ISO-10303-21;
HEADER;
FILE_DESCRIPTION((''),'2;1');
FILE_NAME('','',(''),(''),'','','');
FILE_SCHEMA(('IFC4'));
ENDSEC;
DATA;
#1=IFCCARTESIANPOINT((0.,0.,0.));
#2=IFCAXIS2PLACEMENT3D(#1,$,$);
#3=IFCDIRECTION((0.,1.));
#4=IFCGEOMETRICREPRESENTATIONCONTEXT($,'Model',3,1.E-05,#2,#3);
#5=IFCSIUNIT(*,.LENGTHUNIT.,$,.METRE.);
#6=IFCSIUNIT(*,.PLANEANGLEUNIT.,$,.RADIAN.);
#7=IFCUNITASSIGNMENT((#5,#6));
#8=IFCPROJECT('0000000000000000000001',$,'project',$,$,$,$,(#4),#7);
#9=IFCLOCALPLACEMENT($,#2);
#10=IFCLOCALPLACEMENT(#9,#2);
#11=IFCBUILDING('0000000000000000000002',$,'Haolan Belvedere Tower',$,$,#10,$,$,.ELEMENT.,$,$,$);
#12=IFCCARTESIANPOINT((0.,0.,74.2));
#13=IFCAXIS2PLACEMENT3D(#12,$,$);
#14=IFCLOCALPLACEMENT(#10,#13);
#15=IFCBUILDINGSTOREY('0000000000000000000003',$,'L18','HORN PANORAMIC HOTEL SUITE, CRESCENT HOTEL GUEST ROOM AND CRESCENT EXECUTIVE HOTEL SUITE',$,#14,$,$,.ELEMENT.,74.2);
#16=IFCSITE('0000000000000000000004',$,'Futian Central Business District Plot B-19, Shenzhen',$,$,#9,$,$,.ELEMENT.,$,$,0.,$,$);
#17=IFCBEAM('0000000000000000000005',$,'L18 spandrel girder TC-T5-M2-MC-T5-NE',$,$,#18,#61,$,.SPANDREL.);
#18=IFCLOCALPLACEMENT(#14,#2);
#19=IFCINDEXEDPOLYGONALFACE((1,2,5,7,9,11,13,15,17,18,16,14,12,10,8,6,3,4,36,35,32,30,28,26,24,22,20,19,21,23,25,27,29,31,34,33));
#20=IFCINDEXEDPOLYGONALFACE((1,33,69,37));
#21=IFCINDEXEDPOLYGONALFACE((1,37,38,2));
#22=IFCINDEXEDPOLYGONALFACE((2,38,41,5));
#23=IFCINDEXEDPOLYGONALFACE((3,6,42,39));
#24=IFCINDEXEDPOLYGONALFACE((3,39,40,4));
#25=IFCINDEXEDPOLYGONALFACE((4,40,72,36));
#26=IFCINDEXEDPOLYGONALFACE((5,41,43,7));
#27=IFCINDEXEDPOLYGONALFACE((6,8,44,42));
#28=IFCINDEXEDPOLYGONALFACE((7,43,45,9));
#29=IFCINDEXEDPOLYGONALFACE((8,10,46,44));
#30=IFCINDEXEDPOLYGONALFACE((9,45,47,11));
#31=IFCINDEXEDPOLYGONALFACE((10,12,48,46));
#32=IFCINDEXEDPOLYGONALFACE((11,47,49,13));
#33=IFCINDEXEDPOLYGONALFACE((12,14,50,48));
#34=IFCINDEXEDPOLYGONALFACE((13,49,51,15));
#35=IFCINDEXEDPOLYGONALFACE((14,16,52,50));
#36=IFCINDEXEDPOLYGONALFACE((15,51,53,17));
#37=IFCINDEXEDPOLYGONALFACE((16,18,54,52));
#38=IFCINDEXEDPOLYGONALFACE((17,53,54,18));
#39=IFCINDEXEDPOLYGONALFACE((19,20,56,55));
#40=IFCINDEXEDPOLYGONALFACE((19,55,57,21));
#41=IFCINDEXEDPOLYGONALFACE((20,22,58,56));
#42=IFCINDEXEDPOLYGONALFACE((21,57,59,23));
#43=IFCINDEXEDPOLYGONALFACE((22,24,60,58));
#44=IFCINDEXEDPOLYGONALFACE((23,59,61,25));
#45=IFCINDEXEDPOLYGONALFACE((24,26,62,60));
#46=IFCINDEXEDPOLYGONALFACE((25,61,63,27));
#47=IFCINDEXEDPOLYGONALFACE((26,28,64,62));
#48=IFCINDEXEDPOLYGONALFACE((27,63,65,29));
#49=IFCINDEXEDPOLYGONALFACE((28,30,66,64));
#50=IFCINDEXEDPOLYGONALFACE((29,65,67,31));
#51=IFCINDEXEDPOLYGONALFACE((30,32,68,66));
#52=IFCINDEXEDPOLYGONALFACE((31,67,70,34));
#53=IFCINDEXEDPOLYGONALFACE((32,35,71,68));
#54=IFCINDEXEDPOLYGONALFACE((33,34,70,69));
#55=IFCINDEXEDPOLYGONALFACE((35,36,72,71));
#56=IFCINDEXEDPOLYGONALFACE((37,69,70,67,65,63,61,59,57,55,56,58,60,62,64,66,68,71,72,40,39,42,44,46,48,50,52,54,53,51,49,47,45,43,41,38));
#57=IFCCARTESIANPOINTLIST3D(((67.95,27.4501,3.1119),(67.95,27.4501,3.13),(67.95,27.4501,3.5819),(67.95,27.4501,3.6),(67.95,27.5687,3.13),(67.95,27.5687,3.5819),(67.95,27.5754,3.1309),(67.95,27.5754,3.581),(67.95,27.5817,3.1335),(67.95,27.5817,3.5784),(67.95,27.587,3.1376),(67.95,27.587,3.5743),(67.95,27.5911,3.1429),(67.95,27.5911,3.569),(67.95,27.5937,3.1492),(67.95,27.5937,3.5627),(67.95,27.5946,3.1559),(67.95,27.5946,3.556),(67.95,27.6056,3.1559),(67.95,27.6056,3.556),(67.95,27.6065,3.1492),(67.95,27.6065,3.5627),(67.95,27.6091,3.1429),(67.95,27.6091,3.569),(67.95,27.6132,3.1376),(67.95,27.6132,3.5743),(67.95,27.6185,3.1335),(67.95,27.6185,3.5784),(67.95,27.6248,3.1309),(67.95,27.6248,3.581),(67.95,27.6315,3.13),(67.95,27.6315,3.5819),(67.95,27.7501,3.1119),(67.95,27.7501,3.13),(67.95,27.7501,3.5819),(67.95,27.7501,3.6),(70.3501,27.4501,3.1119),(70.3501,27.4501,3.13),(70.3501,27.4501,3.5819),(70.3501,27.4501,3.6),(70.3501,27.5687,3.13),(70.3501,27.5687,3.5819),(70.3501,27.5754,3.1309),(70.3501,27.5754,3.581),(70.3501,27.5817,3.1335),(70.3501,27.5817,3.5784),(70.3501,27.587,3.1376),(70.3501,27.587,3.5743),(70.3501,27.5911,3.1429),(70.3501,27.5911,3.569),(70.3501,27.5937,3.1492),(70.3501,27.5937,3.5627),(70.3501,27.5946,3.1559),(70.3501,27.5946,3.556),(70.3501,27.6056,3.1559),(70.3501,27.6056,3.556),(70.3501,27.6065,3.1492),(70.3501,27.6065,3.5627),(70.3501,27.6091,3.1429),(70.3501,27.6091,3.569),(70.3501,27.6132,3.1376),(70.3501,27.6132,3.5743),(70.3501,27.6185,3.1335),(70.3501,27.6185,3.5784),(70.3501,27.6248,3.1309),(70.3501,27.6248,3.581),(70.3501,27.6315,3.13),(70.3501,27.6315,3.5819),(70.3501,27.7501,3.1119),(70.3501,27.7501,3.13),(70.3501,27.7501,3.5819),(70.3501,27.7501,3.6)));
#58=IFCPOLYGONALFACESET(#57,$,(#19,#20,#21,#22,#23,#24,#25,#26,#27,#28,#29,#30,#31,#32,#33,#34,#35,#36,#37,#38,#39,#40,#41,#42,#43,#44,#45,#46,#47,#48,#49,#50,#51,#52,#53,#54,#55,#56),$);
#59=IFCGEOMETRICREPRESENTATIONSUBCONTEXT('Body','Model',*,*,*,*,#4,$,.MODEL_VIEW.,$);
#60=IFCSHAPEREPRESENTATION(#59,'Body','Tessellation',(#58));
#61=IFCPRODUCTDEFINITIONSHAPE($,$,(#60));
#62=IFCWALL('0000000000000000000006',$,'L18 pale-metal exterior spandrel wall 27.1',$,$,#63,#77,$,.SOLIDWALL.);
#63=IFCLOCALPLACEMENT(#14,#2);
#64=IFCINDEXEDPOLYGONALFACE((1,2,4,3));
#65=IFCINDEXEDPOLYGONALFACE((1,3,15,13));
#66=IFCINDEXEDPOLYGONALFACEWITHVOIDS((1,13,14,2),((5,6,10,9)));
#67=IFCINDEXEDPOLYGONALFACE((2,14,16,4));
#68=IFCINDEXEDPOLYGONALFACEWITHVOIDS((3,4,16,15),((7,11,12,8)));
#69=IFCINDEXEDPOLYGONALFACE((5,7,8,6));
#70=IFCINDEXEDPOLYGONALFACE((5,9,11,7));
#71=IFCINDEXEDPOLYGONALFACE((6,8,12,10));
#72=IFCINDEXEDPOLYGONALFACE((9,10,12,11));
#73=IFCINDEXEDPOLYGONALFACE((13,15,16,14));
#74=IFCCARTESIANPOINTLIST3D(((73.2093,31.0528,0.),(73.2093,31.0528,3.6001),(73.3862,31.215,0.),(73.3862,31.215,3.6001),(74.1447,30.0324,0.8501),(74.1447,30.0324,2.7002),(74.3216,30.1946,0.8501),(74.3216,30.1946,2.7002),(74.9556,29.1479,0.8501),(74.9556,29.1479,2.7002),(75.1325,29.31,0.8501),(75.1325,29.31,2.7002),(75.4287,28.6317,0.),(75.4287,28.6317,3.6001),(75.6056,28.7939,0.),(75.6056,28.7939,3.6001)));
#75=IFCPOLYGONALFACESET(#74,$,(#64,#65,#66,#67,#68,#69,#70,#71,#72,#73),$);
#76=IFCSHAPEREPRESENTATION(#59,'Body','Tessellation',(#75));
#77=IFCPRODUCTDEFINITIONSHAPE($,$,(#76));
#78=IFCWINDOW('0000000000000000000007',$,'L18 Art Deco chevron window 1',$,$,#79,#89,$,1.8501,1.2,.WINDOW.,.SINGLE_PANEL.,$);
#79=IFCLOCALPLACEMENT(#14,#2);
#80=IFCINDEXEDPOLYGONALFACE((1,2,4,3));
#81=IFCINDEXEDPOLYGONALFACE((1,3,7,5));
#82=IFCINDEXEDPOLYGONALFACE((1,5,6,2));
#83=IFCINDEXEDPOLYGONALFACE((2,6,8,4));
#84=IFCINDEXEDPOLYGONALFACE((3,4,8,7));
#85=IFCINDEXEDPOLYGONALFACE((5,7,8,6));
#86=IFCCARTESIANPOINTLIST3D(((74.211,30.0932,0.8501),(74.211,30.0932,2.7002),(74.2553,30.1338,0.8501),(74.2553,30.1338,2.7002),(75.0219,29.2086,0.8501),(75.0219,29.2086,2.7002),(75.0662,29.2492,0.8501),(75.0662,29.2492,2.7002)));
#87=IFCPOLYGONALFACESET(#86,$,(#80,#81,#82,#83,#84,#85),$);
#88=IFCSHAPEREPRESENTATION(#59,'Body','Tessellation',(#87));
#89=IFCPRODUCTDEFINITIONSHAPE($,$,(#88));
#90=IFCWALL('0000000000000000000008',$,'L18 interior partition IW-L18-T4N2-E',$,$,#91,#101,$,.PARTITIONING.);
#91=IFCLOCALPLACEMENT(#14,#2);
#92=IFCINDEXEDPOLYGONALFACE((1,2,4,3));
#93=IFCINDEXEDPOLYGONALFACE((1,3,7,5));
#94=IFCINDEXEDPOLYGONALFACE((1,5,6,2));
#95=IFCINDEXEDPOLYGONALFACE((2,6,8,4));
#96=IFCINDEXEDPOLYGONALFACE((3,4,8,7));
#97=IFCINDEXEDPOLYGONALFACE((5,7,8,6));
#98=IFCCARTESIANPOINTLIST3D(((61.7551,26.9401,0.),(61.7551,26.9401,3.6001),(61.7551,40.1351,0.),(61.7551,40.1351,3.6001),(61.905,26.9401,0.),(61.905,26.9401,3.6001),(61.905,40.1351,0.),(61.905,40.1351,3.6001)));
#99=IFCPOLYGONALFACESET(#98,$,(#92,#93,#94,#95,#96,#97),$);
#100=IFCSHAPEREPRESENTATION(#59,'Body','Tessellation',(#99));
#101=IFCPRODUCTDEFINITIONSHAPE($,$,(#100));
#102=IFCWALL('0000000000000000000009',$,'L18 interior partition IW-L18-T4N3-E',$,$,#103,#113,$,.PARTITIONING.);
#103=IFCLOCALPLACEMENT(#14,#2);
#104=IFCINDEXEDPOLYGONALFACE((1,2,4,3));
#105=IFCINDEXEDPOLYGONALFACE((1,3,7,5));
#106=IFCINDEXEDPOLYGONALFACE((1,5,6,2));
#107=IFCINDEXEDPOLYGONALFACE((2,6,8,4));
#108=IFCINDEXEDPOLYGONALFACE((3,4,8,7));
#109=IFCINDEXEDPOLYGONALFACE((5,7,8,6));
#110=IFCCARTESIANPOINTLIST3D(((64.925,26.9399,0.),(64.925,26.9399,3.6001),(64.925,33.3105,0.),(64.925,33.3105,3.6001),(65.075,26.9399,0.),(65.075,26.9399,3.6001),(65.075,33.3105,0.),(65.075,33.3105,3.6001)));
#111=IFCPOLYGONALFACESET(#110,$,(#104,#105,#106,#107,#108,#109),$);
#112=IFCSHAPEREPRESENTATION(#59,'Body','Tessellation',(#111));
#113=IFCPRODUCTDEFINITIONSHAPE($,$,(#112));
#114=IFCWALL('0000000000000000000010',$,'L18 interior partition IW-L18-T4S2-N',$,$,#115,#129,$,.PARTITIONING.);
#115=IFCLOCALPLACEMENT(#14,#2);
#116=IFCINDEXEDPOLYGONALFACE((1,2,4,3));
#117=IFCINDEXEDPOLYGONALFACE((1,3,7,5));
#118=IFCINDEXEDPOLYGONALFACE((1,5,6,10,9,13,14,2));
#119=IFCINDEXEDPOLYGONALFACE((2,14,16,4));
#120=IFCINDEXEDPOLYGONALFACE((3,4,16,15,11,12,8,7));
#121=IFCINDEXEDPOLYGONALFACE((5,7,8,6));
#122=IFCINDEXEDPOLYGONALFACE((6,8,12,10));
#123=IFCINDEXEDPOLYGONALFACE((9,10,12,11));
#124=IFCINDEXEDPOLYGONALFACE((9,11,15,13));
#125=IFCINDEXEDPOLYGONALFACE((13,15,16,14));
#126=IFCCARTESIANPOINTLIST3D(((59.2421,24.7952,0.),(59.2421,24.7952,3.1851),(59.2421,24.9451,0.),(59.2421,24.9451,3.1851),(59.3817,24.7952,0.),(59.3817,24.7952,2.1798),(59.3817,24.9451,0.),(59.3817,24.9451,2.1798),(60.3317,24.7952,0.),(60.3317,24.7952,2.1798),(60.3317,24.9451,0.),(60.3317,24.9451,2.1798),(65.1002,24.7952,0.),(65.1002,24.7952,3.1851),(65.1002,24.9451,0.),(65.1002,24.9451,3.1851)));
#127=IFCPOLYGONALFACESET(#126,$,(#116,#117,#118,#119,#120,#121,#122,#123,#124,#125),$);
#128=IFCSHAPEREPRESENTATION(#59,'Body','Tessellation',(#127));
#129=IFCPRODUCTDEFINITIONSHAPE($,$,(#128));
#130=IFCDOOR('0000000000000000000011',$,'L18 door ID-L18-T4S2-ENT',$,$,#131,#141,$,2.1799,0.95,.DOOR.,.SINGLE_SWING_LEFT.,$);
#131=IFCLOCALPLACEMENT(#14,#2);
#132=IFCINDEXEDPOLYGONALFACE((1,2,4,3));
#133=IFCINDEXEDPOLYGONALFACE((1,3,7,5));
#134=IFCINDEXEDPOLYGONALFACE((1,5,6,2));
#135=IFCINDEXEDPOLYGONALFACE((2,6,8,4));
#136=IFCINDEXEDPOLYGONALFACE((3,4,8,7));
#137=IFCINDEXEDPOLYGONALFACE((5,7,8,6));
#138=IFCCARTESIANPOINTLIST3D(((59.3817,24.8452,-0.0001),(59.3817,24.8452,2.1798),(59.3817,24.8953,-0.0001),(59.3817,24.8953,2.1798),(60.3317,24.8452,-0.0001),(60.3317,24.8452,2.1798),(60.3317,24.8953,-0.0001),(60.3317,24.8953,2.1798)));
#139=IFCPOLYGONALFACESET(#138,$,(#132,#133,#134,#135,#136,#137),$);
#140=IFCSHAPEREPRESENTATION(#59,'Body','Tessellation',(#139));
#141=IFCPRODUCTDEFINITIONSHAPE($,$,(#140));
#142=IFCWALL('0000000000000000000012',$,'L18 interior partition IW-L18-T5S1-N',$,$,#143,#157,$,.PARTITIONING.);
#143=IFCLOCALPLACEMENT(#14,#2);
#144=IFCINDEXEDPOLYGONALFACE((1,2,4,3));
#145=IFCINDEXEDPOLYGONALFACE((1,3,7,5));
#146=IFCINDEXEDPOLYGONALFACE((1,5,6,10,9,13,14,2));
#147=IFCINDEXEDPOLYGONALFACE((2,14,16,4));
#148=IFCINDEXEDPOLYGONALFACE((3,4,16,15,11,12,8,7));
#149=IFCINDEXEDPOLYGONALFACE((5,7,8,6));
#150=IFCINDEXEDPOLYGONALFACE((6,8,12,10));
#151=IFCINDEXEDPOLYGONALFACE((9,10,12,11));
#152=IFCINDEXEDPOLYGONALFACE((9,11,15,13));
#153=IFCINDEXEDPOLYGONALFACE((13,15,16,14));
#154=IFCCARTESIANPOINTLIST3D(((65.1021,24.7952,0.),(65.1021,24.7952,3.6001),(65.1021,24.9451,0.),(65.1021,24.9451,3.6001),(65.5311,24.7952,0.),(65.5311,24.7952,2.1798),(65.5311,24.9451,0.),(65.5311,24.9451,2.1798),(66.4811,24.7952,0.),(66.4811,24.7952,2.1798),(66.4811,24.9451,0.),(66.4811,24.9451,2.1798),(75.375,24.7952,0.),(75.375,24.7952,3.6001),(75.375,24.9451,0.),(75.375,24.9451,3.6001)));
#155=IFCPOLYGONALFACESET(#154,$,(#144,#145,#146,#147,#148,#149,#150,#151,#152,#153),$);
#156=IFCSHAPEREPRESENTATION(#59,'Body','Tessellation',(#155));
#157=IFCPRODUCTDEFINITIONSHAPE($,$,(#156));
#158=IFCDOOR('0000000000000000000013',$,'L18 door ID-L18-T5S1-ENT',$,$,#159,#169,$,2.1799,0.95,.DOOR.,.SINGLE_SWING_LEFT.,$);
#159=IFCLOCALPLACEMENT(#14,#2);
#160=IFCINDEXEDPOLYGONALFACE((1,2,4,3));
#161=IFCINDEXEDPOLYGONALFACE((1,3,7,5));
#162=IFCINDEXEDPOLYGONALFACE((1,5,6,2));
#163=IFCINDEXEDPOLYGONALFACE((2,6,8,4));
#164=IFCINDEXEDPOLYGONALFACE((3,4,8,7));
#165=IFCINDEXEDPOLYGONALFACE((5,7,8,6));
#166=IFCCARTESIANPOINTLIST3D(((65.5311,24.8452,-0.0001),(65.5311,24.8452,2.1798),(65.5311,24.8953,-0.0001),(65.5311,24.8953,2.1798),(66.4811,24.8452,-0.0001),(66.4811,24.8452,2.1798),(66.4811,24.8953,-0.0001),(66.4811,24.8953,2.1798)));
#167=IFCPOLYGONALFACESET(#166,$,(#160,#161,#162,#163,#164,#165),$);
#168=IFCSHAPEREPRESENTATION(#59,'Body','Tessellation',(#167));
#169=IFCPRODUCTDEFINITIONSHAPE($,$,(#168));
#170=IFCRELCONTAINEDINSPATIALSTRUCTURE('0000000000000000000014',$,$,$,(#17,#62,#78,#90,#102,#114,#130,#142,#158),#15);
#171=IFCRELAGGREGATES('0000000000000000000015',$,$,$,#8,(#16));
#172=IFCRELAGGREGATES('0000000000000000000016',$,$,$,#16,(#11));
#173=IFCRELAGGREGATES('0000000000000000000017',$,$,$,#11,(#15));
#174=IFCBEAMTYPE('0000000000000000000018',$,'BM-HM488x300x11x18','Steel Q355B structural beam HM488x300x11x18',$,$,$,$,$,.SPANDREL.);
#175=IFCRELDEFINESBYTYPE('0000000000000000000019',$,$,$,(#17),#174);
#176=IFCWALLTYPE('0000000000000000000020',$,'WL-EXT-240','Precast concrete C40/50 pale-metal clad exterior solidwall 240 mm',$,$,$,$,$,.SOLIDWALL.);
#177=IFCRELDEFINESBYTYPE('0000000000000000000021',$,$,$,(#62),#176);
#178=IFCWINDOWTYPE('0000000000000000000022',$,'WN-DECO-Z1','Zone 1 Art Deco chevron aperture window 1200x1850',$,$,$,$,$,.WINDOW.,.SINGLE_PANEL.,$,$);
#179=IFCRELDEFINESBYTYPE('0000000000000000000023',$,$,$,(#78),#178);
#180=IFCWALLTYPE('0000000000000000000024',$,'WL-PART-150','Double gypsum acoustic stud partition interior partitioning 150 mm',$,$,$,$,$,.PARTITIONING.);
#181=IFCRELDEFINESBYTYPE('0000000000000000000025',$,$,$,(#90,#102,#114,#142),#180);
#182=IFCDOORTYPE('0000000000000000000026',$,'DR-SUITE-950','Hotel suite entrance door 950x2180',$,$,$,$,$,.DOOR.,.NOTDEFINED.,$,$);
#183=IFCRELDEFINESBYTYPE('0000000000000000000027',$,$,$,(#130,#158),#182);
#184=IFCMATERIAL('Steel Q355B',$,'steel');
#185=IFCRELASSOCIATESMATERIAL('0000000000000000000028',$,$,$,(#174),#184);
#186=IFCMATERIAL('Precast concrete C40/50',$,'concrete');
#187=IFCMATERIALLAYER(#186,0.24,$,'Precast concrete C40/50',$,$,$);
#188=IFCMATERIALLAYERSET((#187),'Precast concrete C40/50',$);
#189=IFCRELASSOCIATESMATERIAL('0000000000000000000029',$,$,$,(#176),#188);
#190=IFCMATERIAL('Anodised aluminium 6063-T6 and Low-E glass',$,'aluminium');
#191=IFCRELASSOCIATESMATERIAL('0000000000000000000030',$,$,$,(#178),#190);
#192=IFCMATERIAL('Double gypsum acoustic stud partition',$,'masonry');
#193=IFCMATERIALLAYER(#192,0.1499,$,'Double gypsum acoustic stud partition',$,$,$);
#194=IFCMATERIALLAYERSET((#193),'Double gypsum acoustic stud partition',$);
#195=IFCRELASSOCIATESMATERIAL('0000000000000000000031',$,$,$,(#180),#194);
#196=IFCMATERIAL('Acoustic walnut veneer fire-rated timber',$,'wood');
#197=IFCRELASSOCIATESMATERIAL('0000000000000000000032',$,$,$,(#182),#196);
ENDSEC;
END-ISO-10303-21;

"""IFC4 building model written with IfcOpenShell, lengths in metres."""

from ifc_helpers import new_model, si_unit, direction, frame, frame_2d, origin, origin_2d, place, context, subcontext, project, spatial, rectangle, i_section, extrude, material, layer, layer_set, material_profile, profile_set, type_object, element, fill, save


model = new_model("IFC4")

# Units and contexts
model_context = context("Model", 3, precision=1e-05, world=origin(), true_north=direction((0.0, 1.0)))
body_context = subcontext(model_context, "Body", "Model", "MODEL_VIEW")
ifc_project = project(units=[si_unit("LENGTHUNIT", "METRE"), si_unit("PLANEANGLEUNIT", "RADIAN")], contexts=[model_context])

# Site, building, storey
site_placement = place(None, origin())
site = spatial("IfcSite", under=ifc_project, at=site_placement, Name="Futian Central Business District Plot B-19, Shenzhen", CompositionType="ELEMENT", RefElevation=0.0)
building_placement = place(site_placement, origin())
building = spatial("IfcBuilding", under=site, at=building_placement, Name="Haolan Belvedere Tower", CompositionType="ELEMENT")
storey_placement = place(building_placement, frame((0.0, 0.0, 74.2)))
storey = spatial("IfcBuildingStorey", under=building, at=storey_placement, Name="L18", Description="HORN PANORAMIC HOTEL SUITE, CRESCENT HOTEL GUEST ROOM AND CRESCENT EXECUTIVE HOTEL SUITE", CompositionType="ELEMENT", Elevation=74.2)

# Shared definitions
ifc_material_1 = material(Name="Steel Q355B", Category="steel")

# Beam
ifc_material_profile_1 = material_profile(ifc_material_1, i_section(OverallWidth=0.3, OverallDepth=0.488, WebThickness=0.011, FlangeThickness=0.0181, FilletRadius=0.0259, at=origin_2d()), Name="Steel Q355B")
ifc_profile_set_1 = profile_set([ifc_material_profile_1], Name="Steel Q355B")
beam_type = type_object("IfcBeamType", Name="BM-HM488x300x11x18", Description="Steel Q355B structural beam HM488x300x11x18", PredefinedType="SPANDREL", material=ifc_profile_set_1)
for number, where, z_axis, x_axis, name in (
    (1, (67.95, 27.6001, 3.356), (1.0, 0.0, 0.0), (0.0, 1.0, 0.0), "L18 spandrel girder TC-T5-M2-MC-T5-NE"),
):
    element("IfcBeam", number, at=place(storey_placement, frame(where, z_axis=z_axis, x_axis=x_axis)), inside=storey, type_object=beam_type, Name=name, PredefinedType="SPANDREL", context=body_context, shape_type="SweptSolid", body=[
        extrude(i_section(OverallWidth=0.3, OverallDepth=0.488, WebThickness=0.011, FlangeThickness=0.0181, FilletRadius=0.0259, at=origin_2d()), origin(), (0.0, 0.0, 1.0), 2.4001),
    ])

# Wall, opening, window
ifc_material_2 = material(Name="Precast concrete C40/50", Category="concrete")
ifc_layer_1 = layer(ifc_material_2, 0.24, Name="Precast concrete C40/50")
ifc_layer_set_1 = layer_set([ifc_layer_1], Name="Precast concrete C40/50")
wall_type_1 = type_object("IfcWallType", Name="WL-EXT-240", Description="Precast concrete C40/50 pale-metal clad exterior solidwall 240 mm", PredefinedType="SOLIDWALL", material=ifc_layer_set_1)
wall_1_placement = place(storey_placement, frame((75.5171, 28.7129, 0.0), z_axis=(0.0, 0.0, 1.0), x_axis=(-0.675741, 0.737139, 0.0)))
wall_1 = element("IfcWall", 2, at=wall_1_placement, inside=storey, type_object=wall_type_1, Name="L18 pale-metal exterior spandrel wall 27.1", PredefinedType="SOLIDWALL", context=body_context, shape_type="SweptSolid", body=[
    extrude(rectangle(XDim=3.2844, YDim=0.24, at=frame_2d((1.6421, 0.0))), origin(), (0.0, 0.0, 1.0), 3.6001),
])
opening_1_placement = place(wall_1_placement, frame((0.7, 0.0, 0.8501)))
opening_1 = element("IfcOpeningElement", 3, at=opening_1_placement, cuts=wall_1, PredefinedType="OPENING", context=body_context, shape_type="SweptSolid", body=[
    extrude(rectangle(XDim=1.2, YDim=1.8501, at=frame_2d((0.6001, 0.925))), frame((0.0, 0.1299, 0.0), z_axis=(0.0, -1.0, 0.0), x_axis=(1.0, 0.0, 0.0)), (0.0, 0.0, 1.0), 0.26),
])
ifc_material_3 = material(Name="Anodised aluminium 6063-T6 and Low-E glass", Category="aluminium")
window_type = type_object("IfcWindowType", Name="WN-DECO-Z1", Description="Zone 1 Art Deco chevron aperture window 1200x1850", PartitioningType="SINGLE_PANEL", PredefinedType="WINDOW", material=ifc_material_3)
window_placement = place(opening_1_placement, origin())
window = element("IfcWindow", 4, at=window_placement, inside=storey, type_object=window_type, Name="L18 Art Deco chevron window 1", OverallHeight=1.8501, OverallWidth=1.2, PartitioningType="SINGLE_PANEL", PredefinedType="WINDOW", context=body_context, shape_type="SweptSolid", body=[
    extrude(rectangle(XDim=1.2, YDim=1.8501, at=frame_2d((0.6001, 0.925))), frame((0.0, 0.03, 0.0), z_axis=(0.0, -1.0, 0.0), x_axis=(1.0, 0.0, 0.0)), (0.0, 0.0, 1.0), 0.0601),
])
fill(opening_1, window)

# Wall
ifc_material_4 = material(Name="Double gypsum acoustic stud partition", Category="masonry")
ifc_layer_2 = layer(ifc_material_4, 0.1499, Name="Double gypsum acoustic stud partition")
ifc_layer_set_2 = layer_set([ifc_layer_2], Name="Double gypsum acoustic stud partition")
wall_type_2 = type_object("IfcWallType", Name="WL-PART-150", Description="Double gypsum acoustic stud partition interior partitioning 150 mm", PredefinedType="PARTITIONING", material=ifc_layer_set_2)
wall_2_placement = place(storey_placement, frame((61.8301, 26.9399, 0.0), z_axis=(0.0, 0.0, 1.0), x_axis=(0.0, 1.0, 0.0)))
element("IfcWall", 5, at=wall_2_placement, inside=storey, type_object=wall_type_2, Name="L18 interior partition IW-L18-T4N2-E", PredefinedType="PARTITIONING", context=body_context, shape_type="SweptSolid", body=[
    extrude(rectangle(XDim=13.1951, YDim=0.1499, at=frame_2d((6.5977, 0.0))), origin(), (0.0, 0.0, 1.0), 3.6001),
])

# Wall
wall_3_placement = place(storey_placement, frame((65.0, 26.9399, 0.0), z_axis=(0.0, 0.0, 1.0), x_axis=(0.0, 1.0, 0.0)))
element("IfcWall", 6, at=wall_3_placement, inside=storey, type_object=wall_type_2, Name="L18 interior partition IW-L18-T4N3-E", PredefinedType="PARTITIONING", context=body_context, shape_type="SweptSolid", body=[
    extrude(rectangle(XDim=6.3706, YDim=0.1499, at=frame_2d((3.1853, 0.0))), origin(), (0.0, 0.0, 1.0), 3.6001),
])

# Walls, openings, doors
wall_4_placement = place(storey_placement, frame((59.2419, 24.8701, 0.0), z_axis=(0.0, 0.0, 1.0), x_axis=(1.0, 0.0, 0.0)))
wall_4 = element("IfcWall", 7, at=wall_4_placement, inside=storey, type_object=wall_type_2, Name="L18 interior partition IW-L18-T4S2-N", PredefinedType="PARTITIONING", context=body_context, shape_type="SweptSolid", body=[
    extrude(rectangle(XDim=5.8582, YDim=0.1499, at=frame_2d((2.9292, 0.0))), origin(), (0.0, 0.0, 1.0), 3.1851),
])
opening_2_placement = place(wall_4_placement, frame((1.0898, 0.0, 0.0), z_axis=(0.0, 0.0, 1.0), x_axis=(-1.0, 0.0, 0.0)))
opening_2 = element("IfcOpeningElement", 8, at=opening_2_placement, cuts=wall_4, PredefinedType="OPENING", context=body_context, shape_type="SweptSolid", body=[
    extrude(rectangle(XDim=0.95, YDim=2.1799, at=frame_2d((0.4751, 1.0898))), frame((0.0, 0.085, 0.0), z_axis=(0.0, -1.0, 0.0), x_axis=(1.0, 0.0, 0.0)), (0.0, 0.0, 1.0), 0.1699),
])
ifc_material_5 = material(Name="Acoustic walnut veneer fire-rated timber", Category="wood")
door_type_1 = type_object("IfcDoorType", Name="DR-SUITE-950", Description="Hotel suite entrance door 950x2180", OperationType="NOTDEFINED", PredefinedType="DOOR", material=ifc_material_5)
door_1_placement = place(opening_2_placement, origin())
door_1 = element("IfcDoor", 9, at=door_1_placement, inside=storey, type_object=door_type_1, Name="L18 door ID-L18-T4S2-ENT", OperationType="SINGLE_SWING_LEFT", OverallHeight=2.1799, OverallWidth=0.95, PredefinedType="DOOR", context=body_context, shape_type="SweptSolid", body=[
    extrude(rectangle(XDim=0.95, YDim=2.1799, at=frame_2d((0.4751, 1.0898))), frame((0.0, 0.0249, 0.0), z_axis=(0.0, -1.0, 0.0), x_axis=(1.0, 0.0, 0.0)), (0.0, 0.0, 1.0), 0.05),
])
fill(opening_2, door_1)
wall_5_placement = place(storey_placement, frame((65.1021, 24.8701, 0.0), z_axis=(0.0, 0.0, 1.0), x_axis=(1.0, 0.0, 0.0)))
wall_5 = element("IfcWall", 10, at=wall_5_placement, inside=storey, type_object=wall_type_2, Name="L18 interior partition IW-L18-T5S1-N", PredefinedType="PARTITIONING", context=body_context, shape_type="SweptSolid", body=[
    extrude(rectangle(XDim=10.2729, YDim=0.1499, at=frame_2d((5.1365, 0.0))), origin(), (0.0, 0.0, 1.0), 3.6001),
])
opening_3_placement = place(wall_5_placement, frame((1.3792, 0.0, 0.0), z_axis=(0.0, 0.0, 1.0), x_axis=(-1.0, 0.0, 0.0)))
opening_3 = element("IfcOpeningElement", 11, at=opening_3_placement, cuts=wall_5, PredefinedType="OPENING", context=body_context, shape_type="SweptSolid", body=[
    extrude(rectangle(XDim=0.95, YDim=2.1799, at=frame_2d((0.4751, 1.0898))), frame((0.0, 0.085, 0.0), z_axis=(0.0, -1.0, 0.0), x_axis=(1.0, 0.0, 0.0)), (0.0, 0.0, 1.0), 0.1699),
])
door_2_placement = place(opening_3_placement, origin())
door_2 = element("IfcDoor", 12, at=door_2_placement, inside=storey, type_object=door_type_1, Name="L18 door ID-L18-T5S1-ENT", OperationType="SINGLE_SWING_LEFT", OverallHeight=2.1799, OverallWidth=0.95, PredefinedType="DOOR", context=body_context, shape_type="SweptSolid", body=[
    extrude(rectangle(XDim=0.95, YDim=2.1799, at=frame_2d((0.4751, 1.0898))), frame((0.0, 0.0249, 0.0), z_axis=(0.0, -1.0, 0.0), x_axis=(1.0, 0.0, 0.0)), (0.0, 0.0, 1.0), 0.05),
])
fill(opening_3, door_2)

save(model, "model.ifc")
